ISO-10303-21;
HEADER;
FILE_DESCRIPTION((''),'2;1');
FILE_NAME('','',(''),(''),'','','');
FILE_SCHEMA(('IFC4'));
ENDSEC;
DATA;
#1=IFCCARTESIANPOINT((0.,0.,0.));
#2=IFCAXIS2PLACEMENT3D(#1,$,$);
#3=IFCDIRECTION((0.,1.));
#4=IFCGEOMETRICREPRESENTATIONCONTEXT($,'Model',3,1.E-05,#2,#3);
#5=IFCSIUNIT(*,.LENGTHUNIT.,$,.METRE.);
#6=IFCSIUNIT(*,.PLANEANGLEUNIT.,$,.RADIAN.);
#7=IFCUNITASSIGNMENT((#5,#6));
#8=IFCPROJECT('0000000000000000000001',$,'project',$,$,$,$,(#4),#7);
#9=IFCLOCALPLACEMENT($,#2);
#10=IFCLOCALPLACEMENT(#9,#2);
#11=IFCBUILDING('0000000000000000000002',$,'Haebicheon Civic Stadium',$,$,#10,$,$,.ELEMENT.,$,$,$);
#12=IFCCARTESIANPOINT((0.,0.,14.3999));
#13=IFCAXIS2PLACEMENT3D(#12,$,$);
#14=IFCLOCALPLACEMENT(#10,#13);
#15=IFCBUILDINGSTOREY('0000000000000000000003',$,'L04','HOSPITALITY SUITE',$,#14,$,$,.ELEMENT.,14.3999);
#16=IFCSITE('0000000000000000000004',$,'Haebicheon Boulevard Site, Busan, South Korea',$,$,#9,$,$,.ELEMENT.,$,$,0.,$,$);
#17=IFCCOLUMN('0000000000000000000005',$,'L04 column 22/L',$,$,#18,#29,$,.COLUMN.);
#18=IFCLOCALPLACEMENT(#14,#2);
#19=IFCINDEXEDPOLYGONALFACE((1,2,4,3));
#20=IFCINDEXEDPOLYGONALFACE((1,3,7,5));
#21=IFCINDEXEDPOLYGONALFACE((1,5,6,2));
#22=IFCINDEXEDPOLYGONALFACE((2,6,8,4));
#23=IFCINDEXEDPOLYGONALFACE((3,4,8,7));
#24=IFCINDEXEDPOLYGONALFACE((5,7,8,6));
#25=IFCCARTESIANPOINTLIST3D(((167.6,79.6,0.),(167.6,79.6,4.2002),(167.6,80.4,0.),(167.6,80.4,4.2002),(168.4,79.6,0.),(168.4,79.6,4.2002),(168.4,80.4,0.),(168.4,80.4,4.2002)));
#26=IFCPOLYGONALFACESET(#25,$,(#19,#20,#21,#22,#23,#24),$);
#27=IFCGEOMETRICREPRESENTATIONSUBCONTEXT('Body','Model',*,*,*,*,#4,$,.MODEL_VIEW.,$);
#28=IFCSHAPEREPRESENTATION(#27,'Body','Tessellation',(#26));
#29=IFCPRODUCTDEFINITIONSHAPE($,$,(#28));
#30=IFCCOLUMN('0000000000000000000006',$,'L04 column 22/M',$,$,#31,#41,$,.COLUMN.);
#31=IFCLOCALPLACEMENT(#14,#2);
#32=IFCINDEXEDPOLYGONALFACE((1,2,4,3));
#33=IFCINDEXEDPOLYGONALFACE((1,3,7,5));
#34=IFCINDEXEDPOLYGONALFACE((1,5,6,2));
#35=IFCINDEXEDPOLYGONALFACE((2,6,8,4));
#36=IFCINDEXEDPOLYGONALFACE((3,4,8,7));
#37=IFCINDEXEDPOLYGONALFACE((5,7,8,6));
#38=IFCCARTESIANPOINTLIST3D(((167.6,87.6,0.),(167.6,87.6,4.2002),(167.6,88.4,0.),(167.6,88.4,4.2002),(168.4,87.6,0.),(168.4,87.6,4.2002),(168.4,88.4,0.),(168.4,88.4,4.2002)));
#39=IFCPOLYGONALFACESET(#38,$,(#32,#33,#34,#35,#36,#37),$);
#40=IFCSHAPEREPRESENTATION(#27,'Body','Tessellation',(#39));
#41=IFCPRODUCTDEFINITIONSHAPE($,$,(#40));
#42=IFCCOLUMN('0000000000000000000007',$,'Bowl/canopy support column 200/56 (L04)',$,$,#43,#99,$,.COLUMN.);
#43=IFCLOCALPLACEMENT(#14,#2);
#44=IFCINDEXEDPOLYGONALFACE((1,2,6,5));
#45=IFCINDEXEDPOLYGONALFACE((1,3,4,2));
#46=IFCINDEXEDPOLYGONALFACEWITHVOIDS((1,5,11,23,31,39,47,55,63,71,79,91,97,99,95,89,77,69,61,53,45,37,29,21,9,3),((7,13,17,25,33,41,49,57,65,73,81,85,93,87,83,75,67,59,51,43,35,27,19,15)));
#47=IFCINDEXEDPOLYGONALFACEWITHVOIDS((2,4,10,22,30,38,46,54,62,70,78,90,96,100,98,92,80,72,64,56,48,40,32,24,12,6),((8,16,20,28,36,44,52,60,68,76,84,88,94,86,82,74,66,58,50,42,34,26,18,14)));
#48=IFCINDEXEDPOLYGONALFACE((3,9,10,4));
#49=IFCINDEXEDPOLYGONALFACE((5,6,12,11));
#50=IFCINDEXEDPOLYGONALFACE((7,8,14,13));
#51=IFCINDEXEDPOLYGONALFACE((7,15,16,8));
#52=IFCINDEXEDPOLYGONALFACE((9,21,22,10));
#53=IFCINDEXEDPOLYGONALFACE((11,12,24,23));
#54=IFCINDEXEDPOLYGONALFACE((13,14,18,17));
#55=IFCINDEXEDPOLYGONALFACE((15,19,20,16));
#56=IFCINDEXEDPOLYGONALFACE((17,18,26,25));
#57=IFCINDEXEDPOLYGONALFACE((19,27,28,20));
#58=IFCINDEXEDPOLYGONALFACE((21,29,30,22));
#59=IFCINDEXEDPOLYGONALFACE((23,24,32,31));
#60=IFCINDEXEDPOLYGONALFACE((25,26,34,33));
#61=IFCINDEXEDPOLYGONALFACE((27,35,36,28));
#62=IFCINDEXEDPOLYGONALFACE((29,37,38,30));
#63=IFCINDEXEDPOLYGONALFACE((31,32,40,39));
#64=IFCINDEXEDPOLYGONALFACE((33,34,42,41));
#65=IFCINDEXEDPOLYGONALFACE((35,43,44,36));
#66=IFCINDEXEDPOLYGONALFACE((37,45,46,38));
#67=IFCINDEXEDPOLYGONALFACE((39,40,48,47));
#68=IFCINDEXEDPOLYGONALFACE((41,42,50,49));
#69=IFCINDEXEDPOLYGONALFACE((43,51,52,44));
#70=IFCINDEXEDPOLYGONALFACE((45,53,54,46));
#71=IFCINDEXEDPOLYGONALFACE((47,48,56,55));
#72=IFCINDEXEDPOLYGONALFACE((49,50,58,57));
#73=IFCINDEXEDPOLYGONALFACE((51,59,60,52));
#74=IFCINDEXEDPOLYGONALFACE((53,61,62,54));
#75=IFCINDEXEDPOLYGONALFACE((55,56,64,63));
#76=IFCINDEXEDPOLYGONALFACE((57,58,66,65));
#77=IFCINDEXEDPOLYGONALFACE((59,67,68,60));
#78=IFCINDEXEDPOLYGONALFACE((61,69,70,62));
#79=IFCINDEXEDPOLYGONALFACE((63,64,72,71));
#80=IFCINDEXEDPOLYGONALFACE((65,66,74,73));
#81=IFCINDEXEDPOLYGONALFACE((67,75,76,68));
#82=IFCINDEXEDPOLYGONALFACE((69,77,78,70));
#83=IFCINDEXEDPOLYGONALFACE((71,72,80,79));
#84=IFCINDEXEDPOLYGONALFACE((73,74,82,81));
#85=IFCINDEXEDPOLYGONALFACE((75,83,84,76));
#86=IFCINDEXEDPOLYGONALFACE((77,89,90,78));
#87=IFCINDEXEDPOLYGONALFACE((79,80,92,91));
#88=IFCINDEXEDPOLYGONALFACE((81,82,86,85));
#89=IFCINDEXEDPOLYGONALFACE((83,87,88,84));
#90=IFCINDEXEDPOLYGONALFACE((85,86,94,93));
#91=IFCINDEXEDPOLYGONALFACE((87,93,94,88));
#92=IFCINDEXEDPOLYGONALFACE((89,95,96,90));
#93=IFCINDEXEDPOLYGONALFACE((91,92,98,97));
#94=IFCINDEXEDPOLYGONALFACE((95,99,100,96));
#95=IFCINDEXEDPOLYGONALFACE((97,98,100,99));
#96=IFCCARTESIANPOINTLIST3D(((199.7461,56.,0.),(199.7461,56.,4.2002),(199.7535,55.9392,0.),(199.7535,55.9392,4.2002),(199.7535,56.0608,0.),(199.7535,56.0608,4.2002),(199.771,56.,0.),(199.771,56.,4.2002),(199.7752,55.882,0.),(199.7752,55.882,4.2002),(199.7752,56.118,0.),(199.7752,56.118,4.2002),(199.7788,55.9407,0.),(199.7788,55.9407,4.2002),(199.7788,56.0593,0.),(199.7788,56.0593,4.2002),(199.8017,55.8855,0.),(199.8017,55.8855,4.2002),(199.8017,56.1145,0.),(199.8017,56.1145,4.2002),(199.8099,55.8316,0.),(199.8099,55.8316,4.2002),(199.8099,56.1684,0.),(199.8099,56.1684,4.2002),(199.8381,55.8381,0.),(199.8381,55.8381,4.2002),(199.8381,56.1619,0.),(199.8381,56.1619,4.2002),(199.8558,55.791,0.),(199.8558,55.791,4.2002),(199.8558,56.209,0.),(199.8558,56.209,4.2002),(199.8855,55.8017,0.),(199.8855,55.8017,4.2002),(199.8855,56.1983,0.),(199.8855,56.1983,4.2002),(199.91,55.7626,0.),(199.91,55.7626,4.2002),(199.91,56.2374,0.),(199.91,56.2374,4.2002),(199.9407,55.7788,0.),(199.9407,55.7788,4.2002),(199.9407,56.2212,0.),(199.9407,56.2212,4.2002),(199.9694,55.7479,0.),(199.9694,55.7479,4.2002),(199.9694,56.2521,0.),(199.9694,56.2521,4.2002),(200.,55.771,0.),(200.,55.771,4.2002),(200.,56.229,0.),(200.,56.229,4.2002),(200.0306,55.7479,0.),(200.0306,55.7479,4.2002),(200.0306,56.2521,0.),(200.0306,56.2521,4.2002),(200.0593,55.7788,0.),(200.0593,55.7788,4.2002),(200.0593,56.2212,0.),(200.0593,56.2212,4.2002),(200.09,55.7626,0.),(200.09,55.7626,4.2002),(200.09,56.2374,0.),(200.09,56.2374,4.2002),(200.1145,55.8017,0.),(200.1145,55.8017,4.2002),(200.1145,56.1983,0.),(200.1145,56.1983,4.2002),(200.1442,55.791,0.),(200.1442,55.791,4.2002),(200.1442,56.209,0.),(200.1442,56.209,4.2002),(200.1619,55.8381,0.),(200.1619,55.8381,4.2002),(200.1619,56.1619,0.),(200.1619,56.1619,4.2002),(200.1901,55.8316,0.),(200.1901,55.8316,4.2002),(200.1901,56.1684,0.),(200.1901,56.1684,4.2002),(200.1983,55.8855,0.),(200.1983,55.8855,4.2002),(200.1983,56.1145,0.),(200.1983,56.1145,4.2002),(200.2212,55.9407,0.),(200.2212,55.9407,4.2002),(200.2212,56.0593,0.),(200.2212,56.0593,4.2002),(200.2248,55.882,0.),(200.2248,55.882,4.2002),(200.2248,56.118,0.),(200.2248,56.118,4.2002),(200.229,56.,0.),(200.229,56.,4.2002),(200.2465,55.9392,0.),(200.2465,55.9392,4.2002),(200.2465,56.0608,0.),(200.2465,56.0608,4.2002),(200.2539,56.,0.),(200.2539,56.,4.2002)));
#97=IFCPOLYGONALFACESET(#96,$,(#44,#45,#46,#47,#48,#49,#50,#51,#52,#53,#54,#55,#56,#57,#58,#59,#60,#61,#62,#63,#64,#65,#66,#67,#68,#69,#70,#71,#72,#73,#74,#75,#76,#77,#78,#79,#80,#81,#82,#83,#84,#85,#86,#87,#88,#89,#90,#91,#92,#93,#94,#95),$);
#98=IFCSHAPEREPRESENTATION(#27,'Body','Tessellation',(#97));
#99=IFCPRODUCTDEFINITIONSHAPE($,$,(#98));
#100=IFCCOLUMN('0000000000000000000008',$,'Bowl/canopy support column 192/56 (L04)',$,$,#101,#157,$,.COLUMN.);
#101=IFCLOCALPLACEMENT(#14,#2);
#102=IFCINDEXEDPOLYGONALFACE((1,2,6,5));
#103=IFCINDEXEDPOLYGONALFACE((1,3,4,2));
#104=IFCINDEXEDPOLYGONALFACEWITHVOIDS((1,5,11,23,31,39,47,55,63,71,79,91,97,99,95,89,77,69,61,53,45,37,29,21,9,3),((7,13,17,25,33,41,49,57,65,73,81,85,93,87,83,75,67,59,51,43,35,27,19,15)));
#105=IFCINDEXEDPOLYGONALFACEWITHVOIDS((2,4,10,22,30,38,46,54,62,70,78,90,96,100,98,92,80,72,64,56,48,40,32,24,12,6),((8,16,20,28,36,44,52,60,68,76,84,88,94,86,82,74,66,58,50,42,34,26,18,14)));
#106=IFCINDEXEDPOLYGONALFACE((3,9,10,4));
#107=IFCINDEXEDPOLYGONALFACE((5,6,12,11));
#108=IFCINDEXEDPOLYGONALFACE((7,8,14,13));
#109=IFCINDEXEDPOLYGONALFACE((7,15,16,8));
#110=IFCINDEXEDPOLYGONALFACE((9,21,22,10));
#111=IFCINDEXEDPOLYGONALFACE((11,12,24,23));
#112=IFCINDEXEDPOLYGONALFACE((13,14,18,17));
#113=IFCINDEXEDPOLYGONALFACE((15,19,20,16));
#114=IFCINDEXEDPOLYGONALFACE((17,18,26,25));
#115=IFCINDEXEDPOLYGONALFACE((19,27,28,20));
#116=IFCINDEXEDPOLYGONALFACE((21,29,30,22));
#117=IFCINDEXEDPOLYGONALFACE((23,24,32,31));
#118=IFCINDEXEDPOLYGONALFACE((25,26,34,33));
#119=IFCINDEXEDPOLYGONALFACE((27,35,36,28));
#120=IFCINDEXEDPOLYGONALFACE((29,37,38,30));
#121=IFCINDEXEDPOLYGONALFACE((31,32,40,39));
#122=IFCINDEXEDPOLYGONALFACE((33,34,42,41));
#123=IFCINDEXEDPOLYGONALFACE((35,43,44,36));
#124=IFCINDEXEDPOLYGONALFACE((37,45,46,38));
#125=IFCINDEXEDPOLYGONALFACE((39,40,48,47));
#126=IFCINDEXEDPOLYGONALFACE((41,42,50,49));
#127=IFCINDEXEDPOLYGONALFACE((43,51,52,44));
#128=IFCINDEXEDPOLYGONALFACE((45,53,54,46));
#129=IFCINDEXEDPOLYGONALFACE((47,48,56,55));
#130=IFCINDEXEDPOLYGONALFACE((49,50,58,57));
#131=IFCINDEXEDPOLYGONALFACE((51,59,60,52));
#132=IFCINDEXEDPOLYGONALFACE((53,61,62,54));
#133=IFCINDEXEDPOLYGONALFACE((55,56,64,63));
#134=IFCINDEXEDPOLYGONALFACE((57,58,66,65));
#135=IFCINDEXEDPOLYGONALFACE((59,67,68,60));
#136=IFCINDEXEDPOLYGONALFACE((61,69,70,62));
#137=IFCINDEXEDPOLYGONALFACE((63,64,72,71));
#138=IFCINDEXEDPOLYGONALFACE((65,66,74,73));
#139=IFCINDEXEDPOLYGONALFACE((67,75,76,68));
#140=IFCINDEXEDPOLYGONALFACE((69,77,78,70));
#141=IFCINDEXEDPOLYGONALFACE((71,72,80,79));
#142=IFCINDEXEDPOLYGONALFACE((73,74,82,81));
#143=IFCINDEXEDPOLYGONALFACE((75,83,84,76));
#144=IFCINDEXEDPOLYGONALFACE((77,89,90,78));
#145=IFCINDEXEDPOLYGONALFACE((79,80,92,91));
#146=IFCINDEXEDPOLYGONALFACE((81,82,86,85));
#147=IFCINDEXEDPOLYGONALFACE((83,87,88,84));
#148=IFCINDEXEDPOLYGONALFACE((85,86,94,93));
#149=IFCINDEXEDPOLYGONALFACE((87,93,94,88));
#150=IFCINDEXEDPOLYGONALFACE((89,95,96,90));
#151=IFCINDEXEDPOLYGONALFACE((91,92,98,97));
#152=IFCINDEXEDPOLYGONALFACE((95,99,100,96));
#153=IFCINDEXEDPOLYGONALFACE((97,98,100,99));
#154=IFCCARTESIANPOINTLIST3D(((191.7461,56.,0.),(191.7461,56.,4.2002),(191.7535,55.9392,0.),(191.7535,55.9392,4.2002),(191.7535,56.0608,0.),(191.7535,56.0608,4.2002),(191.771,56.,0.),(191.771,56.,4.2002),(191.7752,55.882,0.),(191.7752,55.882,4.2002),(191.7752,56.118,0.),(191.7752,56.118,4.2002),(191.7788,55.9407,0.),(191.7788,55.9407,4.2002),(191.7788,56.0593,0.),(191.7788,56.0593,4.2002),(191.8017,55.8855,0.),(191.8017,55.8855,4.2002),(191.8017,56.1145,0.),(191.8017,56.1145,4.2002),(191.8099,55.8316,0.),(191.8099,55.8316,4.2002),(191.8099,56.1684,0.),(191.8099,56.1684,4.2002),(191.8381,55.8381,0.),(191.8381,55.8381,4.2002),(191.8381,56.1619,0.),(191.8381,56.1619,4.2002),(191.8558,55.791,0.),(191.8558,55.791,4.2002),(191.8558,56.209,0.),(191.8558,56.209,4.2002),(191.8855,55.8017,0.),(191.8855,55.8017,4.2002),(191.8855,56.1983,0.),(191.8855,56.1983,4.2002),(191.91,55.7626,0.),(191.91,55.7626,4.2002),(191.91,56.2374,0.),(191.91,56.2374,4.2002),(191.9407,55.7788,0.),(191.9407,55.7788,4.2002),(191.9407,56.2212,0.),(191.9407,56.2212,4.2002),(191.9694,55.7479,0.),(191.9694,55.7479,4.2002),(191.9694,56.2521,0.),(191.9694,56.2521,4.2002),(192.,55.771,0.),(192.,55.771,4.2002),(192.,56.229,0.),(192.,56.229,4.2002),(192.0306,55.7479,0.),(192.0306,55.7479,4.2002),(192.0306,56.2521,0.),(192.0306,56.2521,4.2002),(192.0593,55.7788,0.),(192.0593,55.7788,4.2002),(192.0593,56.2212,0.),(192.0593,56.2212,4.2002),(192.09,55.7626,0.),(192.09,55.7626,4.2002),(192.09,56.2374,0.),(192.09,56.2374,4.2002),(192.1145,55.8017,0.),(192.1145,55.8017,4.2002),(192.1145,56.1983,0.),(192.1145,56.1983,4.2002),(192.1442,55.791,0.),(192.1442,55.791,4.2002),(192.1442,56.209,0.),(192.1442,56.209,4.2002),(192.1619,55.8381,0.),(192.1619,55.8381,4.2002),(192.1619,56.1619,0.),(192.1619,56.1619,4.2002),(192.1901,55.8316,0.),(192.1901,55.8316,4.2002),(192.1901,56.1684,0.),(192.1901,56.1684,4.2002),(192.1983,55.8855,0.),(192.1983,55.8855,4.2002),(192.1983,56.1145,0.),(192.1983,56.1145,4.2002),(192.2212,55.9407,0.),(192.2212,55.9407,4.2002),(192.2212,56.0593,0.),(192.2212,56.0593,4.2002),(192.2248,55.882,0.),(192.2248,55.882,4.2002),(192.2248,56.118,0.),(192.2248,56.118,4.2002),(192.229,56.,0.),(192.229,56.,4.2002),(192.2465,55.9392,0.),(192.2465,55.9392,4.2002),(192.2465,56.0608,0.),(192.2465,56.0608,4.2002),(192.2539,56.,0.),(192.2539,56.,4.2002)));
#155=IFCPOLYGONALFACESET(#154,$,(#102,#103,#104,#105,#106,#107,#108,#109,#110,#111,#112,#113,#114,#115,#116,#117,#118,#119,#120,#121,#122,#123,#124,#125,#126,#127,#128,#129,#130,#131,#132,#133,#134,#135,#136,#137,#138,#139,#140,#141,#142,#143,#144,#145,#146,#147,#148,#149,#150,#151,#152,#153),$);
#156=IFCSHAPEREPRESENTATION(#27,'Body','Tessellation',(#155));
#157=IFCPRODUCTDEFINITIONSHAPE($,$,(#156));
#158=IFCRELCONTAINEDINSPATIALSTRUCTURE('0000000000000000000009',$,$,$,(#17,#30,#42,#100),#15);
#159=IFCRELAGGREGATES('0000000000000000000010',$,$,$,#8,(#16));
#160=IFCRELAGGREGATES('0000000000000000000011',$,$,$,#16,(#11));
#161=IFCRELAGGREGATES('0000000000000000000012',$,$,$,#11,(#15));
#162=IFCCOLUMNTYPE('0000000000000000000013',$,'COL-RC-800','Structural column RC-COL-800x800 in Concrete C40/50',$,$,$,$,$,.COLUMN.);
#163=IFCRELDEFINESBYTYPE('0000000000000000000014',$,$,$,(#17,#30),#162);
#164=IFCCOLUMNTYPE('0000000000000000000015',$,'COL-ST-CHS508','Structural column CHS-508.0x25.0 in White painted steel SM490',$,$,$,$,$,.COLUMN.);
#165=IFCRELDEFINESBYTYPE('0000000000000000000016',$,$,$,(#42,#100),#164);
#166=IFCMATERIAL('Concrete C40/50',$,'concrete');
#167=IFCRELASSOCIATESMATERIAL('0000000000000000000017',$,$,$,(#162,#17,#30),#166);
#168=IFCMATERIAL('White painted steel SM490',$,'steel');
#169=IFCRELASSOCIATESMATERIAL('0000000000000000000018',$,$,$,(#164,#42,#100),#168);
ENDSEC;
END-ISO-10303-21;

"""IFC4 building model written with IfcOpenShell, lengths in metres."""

from ifc_helpers import new_model, si_unit, direction, frame, origin, origin_2d, place, context, subcontext, project, spatial, rectangle, hollow_circle, extrude, material, material_profile, profile_set, type_object, element, save


model = new_model("IFC4")

# Units and contexts
model_context = context("Model", 3, precision=1e-05, world=origin(), true_north=direction((0.0, 1.0)))
body_context = subcontext(model_context, "Body", "Model", "MODEL_VIEW")
ifc_project = project(units=[si_unit("LENGTHUNIT", "METRE"), si_unit("PLANEANGLEUNIT", "RADIAN")], contexts=[model_context])

# Site, building, storey
site_placement = place(None, origin())
site = spatial("IfcSite", under=ifc_project, at=site_placement, Name="Haebicheon Boulevard Site, Busan, South Korea", CompositionType="ELEMENT", RefElevation=0.0)
building_placement = place(site_placement, origin())
building = spatial("IfcBuilding", under=site, at=building_placement, Name="Haebicheon Civic Stadium", CompositionType="ELEMENT")
storey_placement = place(building_placement, frame((0.0, 0.0, 14.3999)))
storey = spatial("IfcBuildingStorey", under=building, at=storey_placement, Name="L04", Description="HOSPITALITY SUITE", CompositionType="ELEMENT", Elevation=14.3999)

# Columns
ifc_material_1 = material(Name="Concrete C40/50", Category="concrete")
ifc_material_profile_1 = material_profile(ifc_material_1, rectangle(XDim=0.8, YDim=0.8, at=origin_2d()), Name="RC-COL-800x800")
ifc_profile_set_1 = profile_set([ifc_material_profile_1], Name="Concrete C40/50")
column_type_1 = type_object("IfcColumnType", Name="COL-RC-800", Description="Structural column RC-COL-800x800 in Concrete C40/50", PredefinedType="COLUMN", material=ifc_profile_set_1)
for number, where, z_axis, x_axis, name in (
    (1, (168.0, 80.0, 0.0), (0.0, 0.0, 1.0), (1.0, 0.0, 0.0), "L04 column 22/L"),
    (2, (168.0, 88.0, 0.0), (0.0, 0.0, 1.0), (1.0, 0.0, 0.0), "L04 column 22/M"),
):
    element("IfcColumn", number, at=place(storey_placement, frame(where, z_axis=z_axis, x_axis=x_axis)), inside=storey, type_object=column_type_1, material=ifc_profile_set_1, Name=name, PredefinedType="COLUMN", context=body_context, shape_type="SweptSolid", body=[
        extrude(rectangle(XDim=0.8, YDim=0.8, at=origin_2d()), origin(), (0.0, 0.0, 1.0), 4.2002),
    ])
ifc_material_2 = material(Name="White painted steel SM490", Category="steel")
ifc_material_profile_2 = material_profile(ifc_material_2, hollow_circle(Radius=0.2539, WallThickness=0.0249, at=origin_2d()), Name="CHS-508.0x25.0")
ifc_profile_set_2 = profile_set([ifc_material_profile_2], Name="White painted steel SM490")
column_type_2 = type_object("IfcColumnType", Name="COL-ST-CHS508", Description="Structural column CHS-508.0x25.0 in White painted steel SM490", PredefinedType="COLUMN", material=ifc_profile_set_2)
for number, where, z_axis, x_axis, name in (
    (3, (200.0, 56.0, 0.0), (0.0, 0.0, 1.0), (1.0, 0.0, 0.0), "Bowl/canopy support column 200/56 (L04)"),
    (4, (192.0, 56.0, 0.0), (0.0, 0.0, 1.0), (1.0, 0.0, 0.0), "Bowl/canopy support column 192/56 (L04)"),
):
    element("IfcColumn", number, at=place(storey_placement, frame(where, z_axis=z_axis, x_axis=x_axis)), inside=storey, type_object=column_type_2, material=ifc_profile_set_2, Name=name, PredefinedType="COLUMN", context=body_context, shape_type="SweptSolid", body=[
        extrude(hollow_circle(Radius=0.2539, WallThickness=0.0249, at=origin_2d()), origin(), (0.0, 0.0, 1.0), 4.2002),
    ])

save(model, "model.ifc")
